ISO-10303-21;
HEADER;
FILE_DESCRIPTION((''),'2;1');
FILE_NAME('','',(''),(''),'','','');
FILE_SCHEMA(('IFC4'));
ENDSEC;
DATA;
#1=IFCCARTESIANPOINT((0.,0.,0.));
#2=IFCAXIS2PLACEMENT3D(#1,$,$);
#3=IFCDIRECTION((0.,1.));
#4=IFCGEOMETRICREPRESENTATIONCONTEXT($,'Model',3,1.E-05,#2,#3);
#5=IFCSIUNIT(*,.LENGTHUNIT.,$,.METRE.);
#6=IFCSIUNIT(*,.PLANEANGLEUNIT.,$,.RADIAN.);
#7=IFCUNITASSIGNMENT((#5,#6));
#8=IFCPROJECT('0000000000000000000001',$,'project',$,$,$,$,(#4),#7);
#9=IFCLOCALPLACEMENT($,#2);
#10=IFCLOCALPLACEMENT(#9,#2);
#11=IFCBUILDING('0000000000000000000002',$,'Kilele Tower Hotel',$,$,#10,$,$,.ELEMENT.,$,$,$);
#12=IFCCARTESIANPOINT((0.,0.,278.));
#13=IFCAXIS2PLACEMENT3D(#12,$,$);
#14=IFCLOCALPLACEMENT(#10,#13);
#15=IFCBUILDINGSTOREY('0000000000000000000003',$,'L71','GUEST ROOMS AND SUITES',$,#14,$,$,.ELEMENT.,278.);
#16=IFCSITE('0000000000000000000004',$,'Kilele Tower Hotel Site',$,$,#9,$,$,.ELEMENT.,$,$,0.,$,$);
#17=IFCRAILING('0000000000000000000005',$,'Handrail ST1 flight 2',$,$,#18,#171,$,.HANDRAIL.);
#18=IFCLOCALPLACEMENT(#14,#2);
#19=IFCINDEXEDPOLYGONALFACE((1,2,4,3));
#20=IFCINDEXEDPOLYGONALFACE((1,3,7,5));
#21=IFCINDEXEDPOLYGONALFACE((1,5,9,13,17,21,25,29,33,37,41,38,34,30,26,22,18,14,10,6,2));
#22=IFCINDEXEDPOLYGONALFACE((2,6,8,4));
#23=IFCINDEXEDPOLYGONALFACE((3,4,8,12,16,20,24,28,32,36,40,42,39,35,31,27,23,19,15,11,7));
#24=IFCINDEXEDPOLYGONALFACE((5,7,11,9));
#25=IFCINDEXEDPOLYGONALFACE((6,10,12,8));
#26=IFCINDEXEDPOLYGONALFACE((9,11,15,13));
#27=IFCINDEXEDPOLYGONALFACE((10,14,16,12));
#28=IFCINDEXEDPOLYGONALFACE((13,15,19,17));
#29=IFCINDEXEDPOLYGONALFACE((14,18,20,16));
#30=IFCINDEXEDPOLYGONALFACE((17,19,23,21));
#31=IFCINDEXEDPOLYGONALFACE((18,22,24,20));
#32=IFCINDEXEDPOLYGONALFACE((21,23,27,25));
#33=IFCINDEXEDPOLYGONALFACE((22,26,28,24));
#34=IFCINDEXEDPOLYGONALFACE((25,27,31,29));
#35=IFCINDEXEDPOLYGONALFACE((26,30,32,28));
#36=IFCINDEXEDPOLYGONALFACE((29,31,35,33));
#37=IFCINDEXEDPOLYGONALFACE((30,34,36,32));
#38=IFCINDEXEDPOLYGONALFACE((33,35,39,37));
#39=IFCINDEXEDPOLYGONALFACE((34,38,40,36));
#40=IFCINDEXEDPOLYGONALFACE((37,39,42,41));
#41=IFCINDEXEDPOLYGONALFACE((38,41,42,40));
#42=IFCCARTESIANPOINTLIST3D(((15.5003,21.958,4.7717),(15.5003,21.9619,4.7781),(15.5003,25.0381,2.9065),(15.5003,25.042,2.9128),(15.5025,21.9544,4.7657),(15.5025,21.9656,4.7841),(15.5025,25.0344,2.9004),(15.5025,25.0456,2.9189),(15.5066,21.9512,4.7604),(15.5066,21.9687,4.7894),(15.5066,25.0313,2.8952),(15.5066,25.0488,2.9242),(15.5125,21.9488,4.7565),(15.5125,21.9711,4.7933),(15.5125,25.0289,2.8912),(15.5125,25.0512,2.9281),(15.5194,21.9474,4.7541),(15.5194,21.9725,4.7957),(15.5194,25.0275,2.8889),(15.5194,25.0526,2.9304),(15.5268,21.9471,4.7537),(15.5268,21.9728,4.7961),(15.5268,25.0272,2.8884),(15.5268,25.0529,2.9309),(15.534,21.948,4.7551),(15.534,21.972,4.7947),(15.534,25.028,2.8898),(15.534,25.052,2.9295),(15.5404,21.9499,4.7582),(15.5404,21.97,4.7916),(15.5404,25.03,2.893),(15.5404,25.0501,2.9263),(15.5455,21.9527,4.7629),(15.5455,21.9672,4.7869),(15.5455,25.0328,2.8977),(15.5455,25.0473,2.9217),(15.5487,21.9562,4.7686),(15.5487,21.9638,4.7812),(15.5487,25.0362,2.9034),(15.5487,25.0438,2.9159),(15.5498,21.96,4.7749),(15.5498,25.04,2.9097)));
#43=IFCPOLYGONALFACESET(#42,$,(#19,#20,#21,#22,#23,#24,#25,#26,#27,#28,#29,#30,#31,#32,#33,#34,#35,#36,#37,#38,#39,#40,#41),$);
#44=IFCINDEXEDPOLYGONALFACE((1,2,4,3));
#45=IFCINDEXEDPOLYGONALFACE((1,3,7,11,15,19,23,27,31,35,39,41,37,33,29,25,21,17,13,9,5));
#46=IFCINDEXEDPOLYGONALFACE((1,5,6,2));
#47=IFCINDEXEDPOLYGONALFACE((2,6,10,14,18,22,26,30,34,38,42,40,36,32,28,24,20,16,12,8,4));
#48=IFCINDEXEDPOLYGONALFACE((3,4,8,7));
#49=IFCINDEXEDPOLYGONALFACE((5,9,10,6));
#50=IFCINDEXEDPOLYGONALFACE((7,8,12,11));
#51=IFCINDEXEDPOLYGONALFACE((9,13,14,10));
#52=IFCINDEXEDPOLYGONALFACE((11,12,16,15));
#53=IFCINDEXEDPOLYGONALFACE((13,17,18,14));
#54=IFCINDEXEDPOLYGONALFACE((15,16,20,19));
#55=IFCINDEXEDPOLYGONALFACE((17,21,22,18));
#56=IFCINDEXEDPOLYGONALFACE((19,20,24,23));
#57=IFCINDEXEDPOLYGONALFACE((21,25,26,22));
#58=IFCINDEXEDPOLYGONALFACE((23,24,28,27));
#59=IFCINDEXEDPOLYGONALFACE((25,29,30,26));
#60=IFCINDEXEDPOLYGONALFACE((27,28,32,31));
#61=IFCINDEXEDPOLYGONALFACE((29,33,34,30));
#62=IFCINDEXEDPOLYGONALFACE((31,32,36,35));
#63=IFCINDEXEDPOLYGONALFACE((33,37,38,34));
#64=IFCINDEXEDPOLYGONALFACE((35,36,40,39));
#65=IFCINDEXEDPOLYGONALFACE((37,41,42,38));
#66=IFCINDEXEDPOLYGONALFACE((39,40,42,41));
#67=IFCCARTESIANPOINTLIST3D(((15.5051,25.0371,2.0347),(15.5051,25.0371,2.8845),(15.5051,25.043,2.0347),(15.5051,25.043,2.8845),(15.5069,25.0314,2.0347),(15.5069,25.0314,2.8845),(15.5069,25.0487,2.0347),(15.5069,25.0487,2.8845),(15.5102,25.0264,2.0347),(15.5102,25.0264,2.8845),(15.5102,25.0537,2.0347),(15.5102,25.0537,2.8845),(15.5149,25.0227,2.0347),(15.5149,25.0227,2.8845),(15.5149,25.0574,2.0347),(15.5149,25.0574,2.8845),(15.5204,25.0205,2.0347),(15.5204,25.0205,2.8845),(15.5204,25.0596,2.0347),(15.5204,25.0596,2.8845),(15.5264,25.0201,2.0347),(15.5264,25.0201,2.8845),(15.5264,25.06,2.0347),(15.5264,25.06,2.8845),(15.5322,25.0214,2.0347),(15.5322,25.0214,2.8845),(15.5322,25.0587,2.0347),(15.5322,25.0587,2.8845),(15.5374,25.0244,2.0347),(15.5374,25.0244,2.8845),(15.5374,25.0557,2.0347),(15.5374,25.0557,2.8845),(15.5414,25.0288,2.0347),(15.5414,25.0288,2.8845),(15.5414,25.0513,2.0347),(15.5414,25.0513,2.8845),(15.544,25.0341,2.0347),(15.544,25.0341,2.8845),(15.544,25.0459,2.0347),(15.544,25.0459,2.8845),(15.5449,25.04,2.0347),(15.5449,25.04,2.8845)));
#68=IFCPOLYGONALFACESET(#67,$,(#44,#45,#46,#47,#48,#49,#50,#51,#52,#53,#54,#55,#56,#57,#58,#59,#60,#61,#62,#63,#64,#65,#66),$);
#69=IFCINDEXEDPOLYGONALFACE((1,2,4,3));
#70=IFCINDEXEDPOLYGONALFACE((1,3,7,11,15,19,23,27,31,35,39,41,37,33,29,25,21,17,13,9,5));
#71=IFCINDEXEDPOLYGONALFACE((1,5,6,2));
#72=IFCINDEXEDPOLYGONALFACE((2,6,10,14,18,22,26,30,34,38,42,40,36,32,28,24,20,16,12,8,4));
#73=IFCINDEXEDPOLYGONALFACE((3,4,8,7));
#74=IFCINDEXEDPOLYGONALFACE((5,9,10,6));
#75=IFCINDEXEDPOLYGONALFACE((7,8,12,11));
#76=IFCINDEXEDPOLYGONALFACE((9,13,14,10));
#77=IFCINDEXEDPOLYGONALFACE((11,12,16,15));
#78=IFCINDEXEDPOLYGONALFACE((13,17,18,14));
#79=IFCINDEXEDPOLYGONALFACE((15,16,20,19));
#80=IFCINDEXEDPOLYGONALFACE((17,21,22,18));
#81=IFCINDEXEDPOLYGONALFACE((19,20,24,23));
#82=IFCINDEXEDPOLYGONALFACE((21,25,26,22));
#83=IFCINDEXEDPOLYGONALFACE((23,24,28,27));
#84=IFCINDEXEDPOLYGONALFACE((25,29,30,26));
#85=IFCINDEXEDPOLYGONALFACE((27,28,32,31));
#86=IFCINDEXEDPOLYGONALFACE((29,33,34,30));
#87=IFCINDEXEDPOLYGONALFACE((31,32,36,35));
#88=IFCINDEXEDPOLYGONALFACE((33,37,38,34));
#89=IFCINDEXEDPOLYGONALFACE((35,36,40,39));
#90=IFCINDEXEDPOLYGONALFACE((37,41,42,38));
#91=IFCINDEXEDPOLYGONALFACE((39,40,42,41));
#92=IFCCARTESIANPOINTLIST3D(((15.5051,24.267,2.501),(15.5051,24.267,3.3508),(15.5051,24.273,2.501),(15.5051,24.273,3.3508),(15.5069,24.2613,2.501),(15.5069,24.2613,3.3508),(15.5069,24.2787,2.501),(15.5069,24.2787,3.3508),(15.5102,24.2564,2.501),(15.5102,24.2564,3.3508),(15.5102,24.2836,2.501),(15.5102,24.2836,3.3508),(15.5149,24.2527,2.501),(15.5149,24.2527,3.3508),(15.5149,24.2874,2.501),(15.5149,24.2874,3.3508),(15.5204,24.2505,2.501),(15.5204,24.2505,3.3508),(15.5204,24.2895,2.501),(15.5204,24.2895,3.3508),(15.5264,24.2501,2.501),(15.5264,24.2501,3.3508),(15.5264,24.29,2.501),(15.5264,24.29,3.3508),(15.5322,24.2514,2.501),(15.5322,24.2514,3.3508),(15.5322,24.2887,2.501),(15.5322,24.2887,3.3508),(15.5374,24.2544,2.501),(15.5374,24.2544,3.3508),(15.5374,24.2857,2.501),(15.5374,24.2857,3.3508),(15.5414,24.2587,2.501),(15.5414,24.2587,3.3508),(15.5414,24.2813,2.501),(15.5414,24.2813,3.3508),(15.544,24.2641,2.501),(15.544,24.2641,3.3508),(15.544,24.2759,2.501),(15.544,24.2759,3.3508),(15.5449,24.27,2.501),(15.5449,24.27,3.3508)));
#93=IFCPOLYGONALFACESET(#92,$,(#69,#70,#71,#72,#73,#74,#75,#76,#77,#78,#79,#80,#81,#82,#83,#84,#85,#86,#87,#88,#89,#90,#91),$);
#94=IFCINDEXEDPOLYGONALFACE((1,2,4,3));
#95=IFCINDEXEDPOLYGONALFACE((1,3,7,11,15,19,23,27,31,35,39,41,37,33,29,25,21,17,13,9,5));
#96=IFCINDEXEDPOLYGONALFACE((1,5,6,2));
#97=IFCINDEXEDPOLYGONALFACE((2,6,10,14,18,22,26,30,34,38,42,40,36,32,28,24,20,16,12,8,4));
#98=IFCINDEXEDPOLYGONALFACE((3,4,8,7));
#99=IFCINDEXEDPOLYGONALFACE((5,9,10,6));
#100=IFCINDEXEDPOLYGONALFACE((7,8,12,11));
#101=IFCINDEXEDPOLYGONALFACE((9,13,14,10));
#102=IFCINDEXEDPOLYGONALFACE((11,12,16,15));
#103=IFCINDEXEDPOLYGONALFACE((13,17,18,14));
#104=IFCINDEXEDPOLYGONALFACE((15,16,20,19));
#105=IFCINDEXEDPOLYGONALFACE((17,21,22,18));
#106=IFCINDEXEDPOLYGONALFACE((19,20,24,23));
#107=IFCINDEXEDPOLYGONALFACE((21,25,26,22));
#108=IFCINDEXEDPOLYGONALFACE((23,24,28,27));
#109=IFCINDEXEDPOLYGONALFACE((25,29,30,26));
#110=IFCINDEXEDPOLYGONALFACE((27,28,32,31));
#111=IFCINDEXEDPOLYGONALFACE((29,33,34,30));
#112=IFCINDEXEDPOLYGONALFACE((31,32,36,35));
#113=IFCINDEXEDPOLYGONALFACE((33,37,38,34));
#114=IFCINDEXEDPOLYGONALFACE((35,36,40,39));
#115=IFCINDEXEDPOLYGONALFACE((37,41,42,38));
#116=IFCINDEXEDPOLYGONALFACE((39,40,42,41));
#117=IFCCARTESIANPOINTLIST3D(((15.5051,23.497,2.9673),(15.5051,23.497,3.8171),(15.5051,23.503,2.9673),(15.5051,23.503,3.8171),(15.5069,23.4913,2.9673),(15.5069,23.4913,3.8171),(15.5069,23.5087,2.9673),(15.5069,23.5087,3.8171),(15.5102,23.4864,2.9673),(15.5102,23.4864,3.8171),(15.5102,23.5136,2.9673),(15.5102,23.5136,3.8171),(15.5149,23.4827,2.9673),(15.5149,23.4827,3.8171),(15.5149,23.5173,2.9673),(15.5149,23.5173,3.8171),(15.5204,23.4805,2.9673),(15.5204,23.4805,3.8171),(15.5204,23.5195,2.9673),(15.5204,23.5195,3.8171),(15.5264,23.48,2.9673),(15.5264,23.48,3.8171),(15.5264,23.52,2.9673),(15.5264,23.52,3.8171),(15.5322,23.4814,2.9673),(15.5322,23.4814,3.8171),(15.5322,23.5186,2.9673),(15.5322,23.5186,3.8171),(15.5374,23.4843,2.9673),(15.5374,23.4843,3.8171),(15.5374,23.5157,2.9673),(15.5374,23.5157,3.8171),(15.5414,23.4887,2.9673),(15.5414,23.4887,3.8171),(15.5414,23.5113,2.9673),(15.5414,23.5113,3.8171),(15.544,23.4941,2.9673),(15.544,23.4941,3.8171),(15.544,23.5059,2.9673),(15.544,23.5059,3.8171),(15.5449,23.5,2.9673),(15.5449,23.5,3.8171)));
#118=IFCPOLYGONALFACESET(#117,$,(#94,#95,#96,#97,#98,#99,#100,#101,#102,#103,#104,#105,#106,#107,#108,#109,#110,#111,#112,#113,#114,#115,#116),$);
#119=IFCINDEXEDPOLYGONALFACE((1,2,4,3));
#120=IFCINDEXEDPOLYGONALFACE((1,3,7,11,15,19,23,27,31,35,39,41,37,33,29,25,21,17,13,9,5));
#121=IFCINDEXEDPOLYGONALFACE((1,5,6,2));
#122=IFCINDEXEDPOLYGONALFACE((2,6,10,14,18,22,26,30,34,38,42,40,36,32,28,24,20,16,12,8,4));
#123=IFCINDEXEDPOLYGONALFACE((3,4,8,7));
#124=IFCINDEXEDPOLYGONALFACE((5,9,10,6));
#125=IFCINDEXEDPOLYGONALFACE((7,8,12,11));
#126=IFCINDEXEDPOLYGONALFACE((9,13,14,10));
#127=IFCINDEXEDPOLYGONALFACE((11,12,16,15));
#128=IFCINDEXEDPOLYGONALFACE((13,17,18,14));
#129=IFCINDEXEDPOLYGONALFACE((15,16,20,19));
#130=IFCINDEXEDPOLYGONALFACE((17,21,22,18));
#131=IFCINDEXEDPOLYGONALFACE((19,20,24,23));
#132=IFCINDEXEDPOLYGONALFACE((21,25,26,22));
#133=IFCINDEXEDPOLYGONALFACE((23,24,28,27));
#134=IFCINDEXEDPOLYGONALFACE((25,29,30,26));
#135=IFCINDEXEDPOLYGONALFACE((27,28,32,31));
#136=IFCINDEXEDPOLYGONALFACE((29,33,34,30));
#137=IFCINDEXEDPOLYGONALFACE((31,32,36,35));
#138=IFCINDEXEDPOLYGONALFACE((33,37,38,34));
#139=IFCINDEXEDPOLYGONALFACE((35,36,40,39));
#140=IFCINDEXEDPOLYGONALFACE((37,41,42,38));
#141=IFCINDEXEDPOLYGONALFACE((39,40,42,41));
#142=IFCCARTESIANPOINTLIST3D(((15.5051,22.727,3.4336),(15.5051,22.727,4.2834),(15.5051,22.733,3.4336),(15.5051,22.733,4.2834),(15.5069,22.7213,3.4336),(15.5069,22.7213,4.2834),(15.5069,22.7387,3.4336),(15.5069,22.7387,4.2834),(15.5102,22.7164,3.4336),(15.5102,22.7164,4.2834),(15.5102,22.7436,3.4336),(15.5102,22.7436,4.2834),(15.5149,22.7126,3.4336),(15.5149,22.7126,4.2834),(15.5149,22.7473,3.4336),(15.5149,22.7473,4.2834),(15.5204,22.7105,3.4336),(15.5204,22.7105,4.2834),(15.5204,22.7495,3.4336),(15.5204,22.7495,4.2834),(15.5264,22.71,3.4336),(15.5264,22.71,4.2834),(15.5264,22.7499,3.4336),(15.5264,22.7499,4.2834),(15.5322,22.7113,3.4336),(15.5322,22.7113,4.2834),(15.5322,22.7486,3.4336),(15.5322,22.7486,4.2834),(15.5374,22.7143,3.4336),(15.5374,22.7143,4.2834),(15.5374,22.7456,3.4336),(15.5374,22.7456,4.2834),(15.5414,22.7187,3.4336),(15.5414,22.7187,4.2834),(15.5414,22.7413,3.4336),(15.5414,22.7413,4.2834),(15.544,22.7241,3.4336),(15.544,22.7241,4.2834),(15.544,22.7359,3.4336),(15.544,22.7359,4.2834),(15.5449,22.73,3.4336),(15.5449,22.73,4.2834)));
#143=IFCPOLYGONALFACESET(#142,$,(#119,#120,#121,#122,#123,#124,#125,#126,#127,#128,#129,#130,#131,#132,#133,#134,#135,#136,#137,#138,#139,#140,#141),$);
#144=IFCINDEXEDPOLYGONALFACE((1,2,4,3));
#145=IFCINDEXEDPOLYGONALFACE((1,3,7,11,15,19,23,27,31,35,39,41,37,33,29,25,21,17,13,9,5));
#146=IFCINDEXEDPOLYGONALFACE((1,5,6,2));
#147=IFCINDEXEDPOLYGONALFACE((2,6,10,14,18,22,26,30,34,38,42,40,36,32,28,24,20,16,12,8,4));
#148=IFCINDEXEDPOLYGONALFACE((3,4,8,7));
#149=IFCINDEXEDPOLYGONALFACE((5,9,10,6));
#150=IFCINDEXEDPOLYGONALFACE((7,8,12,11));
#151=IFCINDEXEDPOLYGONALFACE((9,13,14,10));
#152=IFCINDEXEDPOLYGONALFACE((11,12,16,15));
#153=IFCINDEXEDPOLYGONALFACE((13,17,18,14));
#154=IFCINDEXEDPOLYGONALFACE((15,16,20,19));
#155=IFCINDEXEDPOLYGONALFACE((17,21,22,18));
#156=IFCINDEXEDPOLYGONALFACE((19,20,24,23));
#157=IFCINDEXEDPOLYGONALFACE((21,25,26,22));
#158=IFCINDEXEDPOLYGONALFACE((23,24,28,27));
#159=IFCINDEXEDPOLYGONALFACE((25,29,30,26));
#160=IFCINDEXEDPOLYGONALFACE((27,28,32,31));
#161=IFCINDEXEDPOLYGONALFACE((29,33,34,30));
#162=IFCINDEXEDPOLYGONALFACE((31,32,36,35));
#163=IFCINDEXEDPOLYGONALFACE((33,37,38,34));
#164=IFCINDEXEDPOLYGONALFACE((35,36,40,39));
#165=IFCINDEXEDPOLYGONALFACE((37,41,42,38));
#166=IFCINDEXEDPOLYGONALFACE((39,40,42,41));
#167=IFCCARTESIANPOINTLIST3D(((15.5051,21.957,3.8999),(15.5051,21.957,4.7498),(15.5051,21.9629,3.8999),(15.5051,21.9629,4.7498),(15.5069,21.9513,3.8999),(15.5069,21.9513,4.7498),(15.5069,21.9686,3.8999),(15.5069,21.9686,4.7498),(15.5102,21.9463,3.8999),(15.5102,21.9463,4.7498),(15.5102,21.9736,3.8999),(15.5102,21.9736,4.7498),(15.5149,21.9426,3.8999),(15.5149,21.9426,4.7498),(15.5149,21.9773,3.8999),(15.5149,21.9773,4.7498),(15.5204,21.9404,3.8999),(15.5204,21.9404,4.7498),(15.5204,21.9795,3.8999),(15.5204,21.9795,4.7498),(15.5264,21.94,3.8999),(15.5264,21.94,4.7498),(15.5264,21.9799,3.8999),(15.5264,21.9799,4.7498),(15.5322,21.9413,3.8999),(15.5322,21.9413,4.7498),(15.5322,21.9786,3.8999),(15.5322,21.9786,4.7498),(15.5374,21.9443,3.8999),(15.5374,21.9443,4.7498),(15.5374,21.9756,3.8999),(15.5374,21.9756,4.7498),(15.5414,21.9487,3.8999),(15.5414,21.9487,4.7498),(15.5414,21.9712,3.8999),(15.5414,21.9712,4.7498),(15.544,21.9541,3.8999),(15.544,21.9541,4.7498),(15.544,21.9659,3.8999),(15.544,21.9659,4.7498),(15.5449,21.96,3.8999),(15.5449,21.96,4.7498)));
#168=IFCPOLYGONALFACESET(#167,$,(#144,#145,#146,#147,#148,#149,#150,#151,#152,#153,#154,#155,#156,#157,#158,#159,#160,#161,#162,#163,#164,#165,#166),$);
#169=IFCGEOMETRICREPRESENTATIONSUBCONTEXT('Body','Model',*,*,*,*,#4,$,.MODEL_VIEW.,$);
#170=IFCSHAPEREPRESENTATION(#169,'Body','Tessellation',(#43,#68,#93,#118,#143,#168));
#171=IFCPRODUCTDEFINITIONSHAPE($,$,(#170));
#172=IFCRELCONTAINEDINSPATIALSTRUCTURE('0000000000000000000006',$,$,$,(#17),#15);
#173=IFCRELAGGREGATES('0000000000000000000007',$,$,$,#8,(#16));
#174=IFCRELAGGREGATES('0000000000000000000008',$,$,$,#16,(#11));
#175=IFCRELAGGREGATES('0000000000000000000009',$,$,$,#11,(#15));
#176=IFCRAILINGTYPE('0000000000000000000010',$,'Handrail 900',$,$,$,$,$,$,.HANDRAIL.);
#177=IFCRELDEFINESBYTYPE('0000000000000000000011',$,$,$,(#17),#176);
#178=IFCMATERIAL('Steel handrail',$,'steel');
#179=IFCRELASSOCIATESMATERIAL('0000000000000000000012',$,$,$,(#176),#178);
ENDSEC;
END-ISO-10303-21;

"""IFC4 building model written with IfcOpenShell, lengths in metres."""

from ifc_helpers import new_model, si_unit, direction, frame, origin, origin_2d, place, context, subcontext, project, spatial, circle, extrude, material, type_object, element, save


model = new_model("IFC4")

# Units and contexts
model_context = context("Model", 3, precision=1e-05, world=origin(), true_north=direction((0.0, 1.0)))
body_context = subcontext(model_context, "Body", "Model", "MODEL_VIEW")
ifc_project = project(units=[si_unit("LENGTHUNIT", "METRE"), si_unit("PLANEANGLEUNIT", "RADIAN")], contexts=[model_context])

# Site, building, storey
site_placement = place(None, origin())
site = spatial("IfcSite", under=ifc_project, at=site_placement, Name="Kilele Tower Hotel Site", CompositionType="ELEMENT", RefElevation=0.0)
building_placement = place(site_placement, origin())
building = spatial("IfcBuilding", under=site, at=building_placement, Name="Kilele Tower Hotel", CompositionType="ELEMENT")
storey_placement = place(building_placement, frame((0.0, 0.0, 278.0)))
storey = spatial("IfcBuildingStorey", under=building, at=storey_placement, Name="L71", Description="GUEST ROOMS AND SUITES", CompositionType="ELEMENT", Elevation=278.0)

# Railing
ifc_material_1 = material(Name="Steel handrail", Category="steel")
railing_type_1 = type_object("IfcRailingType", Name="Handrail 900", PredefinedType="HANDRAIL", material=ifc_material_1)
for number, where, name in (
    (1, (15.5249, 25.04, 2.0347), "Handrail ST1 flight 2"),
):
    element("IfcRailing", number, at=place(storey_placement, frame(where)), inside=storey, type_object=railing_type_1, Name=name, PredefinedType="HANDRAIL", context=body_context, shape_type="SweptSolid", body=[
        extrude(circle(Radius=0.0249, at=origin_2d()), frame((0.0, 0.0, 0.875), z_axis=(0.0, -0.85538, 0.518001), x_axis=(1.0, 0.0, 0.0)), (0.0, 0.0, 1.0), 3.6008),
        extrude(circle(Radius=0.02, at=origin_2d()), origin(), (0.0, 0.0, 1.0), 0.8499),
        extrude(circle(Radius=0.02, at=origin_2d()), frame((0.0, -0.77, 0.4663)), (0.0, 0.0, 1.0), 0.8499),
        extrude(circle(Radius=0.02, at=origin_2d()), frame((0.0, -1.54, 0.9326)), (0.0, 0.0, 1.0), 0.8499),
        extrude(circle(Radius=0.02, at=origin_2d()), frame((0.0, -2.3101, 1.3989)), (0.0, 0.0, 1.0), 0.8499),
        extrude(circle(Radius=0.02, at=origin_2d()), frame((0.0, -3.0801, 1.8652)), (0.0, 0.0, 1.0), 0.8499),
    ])

save(model, "model.ifc")
